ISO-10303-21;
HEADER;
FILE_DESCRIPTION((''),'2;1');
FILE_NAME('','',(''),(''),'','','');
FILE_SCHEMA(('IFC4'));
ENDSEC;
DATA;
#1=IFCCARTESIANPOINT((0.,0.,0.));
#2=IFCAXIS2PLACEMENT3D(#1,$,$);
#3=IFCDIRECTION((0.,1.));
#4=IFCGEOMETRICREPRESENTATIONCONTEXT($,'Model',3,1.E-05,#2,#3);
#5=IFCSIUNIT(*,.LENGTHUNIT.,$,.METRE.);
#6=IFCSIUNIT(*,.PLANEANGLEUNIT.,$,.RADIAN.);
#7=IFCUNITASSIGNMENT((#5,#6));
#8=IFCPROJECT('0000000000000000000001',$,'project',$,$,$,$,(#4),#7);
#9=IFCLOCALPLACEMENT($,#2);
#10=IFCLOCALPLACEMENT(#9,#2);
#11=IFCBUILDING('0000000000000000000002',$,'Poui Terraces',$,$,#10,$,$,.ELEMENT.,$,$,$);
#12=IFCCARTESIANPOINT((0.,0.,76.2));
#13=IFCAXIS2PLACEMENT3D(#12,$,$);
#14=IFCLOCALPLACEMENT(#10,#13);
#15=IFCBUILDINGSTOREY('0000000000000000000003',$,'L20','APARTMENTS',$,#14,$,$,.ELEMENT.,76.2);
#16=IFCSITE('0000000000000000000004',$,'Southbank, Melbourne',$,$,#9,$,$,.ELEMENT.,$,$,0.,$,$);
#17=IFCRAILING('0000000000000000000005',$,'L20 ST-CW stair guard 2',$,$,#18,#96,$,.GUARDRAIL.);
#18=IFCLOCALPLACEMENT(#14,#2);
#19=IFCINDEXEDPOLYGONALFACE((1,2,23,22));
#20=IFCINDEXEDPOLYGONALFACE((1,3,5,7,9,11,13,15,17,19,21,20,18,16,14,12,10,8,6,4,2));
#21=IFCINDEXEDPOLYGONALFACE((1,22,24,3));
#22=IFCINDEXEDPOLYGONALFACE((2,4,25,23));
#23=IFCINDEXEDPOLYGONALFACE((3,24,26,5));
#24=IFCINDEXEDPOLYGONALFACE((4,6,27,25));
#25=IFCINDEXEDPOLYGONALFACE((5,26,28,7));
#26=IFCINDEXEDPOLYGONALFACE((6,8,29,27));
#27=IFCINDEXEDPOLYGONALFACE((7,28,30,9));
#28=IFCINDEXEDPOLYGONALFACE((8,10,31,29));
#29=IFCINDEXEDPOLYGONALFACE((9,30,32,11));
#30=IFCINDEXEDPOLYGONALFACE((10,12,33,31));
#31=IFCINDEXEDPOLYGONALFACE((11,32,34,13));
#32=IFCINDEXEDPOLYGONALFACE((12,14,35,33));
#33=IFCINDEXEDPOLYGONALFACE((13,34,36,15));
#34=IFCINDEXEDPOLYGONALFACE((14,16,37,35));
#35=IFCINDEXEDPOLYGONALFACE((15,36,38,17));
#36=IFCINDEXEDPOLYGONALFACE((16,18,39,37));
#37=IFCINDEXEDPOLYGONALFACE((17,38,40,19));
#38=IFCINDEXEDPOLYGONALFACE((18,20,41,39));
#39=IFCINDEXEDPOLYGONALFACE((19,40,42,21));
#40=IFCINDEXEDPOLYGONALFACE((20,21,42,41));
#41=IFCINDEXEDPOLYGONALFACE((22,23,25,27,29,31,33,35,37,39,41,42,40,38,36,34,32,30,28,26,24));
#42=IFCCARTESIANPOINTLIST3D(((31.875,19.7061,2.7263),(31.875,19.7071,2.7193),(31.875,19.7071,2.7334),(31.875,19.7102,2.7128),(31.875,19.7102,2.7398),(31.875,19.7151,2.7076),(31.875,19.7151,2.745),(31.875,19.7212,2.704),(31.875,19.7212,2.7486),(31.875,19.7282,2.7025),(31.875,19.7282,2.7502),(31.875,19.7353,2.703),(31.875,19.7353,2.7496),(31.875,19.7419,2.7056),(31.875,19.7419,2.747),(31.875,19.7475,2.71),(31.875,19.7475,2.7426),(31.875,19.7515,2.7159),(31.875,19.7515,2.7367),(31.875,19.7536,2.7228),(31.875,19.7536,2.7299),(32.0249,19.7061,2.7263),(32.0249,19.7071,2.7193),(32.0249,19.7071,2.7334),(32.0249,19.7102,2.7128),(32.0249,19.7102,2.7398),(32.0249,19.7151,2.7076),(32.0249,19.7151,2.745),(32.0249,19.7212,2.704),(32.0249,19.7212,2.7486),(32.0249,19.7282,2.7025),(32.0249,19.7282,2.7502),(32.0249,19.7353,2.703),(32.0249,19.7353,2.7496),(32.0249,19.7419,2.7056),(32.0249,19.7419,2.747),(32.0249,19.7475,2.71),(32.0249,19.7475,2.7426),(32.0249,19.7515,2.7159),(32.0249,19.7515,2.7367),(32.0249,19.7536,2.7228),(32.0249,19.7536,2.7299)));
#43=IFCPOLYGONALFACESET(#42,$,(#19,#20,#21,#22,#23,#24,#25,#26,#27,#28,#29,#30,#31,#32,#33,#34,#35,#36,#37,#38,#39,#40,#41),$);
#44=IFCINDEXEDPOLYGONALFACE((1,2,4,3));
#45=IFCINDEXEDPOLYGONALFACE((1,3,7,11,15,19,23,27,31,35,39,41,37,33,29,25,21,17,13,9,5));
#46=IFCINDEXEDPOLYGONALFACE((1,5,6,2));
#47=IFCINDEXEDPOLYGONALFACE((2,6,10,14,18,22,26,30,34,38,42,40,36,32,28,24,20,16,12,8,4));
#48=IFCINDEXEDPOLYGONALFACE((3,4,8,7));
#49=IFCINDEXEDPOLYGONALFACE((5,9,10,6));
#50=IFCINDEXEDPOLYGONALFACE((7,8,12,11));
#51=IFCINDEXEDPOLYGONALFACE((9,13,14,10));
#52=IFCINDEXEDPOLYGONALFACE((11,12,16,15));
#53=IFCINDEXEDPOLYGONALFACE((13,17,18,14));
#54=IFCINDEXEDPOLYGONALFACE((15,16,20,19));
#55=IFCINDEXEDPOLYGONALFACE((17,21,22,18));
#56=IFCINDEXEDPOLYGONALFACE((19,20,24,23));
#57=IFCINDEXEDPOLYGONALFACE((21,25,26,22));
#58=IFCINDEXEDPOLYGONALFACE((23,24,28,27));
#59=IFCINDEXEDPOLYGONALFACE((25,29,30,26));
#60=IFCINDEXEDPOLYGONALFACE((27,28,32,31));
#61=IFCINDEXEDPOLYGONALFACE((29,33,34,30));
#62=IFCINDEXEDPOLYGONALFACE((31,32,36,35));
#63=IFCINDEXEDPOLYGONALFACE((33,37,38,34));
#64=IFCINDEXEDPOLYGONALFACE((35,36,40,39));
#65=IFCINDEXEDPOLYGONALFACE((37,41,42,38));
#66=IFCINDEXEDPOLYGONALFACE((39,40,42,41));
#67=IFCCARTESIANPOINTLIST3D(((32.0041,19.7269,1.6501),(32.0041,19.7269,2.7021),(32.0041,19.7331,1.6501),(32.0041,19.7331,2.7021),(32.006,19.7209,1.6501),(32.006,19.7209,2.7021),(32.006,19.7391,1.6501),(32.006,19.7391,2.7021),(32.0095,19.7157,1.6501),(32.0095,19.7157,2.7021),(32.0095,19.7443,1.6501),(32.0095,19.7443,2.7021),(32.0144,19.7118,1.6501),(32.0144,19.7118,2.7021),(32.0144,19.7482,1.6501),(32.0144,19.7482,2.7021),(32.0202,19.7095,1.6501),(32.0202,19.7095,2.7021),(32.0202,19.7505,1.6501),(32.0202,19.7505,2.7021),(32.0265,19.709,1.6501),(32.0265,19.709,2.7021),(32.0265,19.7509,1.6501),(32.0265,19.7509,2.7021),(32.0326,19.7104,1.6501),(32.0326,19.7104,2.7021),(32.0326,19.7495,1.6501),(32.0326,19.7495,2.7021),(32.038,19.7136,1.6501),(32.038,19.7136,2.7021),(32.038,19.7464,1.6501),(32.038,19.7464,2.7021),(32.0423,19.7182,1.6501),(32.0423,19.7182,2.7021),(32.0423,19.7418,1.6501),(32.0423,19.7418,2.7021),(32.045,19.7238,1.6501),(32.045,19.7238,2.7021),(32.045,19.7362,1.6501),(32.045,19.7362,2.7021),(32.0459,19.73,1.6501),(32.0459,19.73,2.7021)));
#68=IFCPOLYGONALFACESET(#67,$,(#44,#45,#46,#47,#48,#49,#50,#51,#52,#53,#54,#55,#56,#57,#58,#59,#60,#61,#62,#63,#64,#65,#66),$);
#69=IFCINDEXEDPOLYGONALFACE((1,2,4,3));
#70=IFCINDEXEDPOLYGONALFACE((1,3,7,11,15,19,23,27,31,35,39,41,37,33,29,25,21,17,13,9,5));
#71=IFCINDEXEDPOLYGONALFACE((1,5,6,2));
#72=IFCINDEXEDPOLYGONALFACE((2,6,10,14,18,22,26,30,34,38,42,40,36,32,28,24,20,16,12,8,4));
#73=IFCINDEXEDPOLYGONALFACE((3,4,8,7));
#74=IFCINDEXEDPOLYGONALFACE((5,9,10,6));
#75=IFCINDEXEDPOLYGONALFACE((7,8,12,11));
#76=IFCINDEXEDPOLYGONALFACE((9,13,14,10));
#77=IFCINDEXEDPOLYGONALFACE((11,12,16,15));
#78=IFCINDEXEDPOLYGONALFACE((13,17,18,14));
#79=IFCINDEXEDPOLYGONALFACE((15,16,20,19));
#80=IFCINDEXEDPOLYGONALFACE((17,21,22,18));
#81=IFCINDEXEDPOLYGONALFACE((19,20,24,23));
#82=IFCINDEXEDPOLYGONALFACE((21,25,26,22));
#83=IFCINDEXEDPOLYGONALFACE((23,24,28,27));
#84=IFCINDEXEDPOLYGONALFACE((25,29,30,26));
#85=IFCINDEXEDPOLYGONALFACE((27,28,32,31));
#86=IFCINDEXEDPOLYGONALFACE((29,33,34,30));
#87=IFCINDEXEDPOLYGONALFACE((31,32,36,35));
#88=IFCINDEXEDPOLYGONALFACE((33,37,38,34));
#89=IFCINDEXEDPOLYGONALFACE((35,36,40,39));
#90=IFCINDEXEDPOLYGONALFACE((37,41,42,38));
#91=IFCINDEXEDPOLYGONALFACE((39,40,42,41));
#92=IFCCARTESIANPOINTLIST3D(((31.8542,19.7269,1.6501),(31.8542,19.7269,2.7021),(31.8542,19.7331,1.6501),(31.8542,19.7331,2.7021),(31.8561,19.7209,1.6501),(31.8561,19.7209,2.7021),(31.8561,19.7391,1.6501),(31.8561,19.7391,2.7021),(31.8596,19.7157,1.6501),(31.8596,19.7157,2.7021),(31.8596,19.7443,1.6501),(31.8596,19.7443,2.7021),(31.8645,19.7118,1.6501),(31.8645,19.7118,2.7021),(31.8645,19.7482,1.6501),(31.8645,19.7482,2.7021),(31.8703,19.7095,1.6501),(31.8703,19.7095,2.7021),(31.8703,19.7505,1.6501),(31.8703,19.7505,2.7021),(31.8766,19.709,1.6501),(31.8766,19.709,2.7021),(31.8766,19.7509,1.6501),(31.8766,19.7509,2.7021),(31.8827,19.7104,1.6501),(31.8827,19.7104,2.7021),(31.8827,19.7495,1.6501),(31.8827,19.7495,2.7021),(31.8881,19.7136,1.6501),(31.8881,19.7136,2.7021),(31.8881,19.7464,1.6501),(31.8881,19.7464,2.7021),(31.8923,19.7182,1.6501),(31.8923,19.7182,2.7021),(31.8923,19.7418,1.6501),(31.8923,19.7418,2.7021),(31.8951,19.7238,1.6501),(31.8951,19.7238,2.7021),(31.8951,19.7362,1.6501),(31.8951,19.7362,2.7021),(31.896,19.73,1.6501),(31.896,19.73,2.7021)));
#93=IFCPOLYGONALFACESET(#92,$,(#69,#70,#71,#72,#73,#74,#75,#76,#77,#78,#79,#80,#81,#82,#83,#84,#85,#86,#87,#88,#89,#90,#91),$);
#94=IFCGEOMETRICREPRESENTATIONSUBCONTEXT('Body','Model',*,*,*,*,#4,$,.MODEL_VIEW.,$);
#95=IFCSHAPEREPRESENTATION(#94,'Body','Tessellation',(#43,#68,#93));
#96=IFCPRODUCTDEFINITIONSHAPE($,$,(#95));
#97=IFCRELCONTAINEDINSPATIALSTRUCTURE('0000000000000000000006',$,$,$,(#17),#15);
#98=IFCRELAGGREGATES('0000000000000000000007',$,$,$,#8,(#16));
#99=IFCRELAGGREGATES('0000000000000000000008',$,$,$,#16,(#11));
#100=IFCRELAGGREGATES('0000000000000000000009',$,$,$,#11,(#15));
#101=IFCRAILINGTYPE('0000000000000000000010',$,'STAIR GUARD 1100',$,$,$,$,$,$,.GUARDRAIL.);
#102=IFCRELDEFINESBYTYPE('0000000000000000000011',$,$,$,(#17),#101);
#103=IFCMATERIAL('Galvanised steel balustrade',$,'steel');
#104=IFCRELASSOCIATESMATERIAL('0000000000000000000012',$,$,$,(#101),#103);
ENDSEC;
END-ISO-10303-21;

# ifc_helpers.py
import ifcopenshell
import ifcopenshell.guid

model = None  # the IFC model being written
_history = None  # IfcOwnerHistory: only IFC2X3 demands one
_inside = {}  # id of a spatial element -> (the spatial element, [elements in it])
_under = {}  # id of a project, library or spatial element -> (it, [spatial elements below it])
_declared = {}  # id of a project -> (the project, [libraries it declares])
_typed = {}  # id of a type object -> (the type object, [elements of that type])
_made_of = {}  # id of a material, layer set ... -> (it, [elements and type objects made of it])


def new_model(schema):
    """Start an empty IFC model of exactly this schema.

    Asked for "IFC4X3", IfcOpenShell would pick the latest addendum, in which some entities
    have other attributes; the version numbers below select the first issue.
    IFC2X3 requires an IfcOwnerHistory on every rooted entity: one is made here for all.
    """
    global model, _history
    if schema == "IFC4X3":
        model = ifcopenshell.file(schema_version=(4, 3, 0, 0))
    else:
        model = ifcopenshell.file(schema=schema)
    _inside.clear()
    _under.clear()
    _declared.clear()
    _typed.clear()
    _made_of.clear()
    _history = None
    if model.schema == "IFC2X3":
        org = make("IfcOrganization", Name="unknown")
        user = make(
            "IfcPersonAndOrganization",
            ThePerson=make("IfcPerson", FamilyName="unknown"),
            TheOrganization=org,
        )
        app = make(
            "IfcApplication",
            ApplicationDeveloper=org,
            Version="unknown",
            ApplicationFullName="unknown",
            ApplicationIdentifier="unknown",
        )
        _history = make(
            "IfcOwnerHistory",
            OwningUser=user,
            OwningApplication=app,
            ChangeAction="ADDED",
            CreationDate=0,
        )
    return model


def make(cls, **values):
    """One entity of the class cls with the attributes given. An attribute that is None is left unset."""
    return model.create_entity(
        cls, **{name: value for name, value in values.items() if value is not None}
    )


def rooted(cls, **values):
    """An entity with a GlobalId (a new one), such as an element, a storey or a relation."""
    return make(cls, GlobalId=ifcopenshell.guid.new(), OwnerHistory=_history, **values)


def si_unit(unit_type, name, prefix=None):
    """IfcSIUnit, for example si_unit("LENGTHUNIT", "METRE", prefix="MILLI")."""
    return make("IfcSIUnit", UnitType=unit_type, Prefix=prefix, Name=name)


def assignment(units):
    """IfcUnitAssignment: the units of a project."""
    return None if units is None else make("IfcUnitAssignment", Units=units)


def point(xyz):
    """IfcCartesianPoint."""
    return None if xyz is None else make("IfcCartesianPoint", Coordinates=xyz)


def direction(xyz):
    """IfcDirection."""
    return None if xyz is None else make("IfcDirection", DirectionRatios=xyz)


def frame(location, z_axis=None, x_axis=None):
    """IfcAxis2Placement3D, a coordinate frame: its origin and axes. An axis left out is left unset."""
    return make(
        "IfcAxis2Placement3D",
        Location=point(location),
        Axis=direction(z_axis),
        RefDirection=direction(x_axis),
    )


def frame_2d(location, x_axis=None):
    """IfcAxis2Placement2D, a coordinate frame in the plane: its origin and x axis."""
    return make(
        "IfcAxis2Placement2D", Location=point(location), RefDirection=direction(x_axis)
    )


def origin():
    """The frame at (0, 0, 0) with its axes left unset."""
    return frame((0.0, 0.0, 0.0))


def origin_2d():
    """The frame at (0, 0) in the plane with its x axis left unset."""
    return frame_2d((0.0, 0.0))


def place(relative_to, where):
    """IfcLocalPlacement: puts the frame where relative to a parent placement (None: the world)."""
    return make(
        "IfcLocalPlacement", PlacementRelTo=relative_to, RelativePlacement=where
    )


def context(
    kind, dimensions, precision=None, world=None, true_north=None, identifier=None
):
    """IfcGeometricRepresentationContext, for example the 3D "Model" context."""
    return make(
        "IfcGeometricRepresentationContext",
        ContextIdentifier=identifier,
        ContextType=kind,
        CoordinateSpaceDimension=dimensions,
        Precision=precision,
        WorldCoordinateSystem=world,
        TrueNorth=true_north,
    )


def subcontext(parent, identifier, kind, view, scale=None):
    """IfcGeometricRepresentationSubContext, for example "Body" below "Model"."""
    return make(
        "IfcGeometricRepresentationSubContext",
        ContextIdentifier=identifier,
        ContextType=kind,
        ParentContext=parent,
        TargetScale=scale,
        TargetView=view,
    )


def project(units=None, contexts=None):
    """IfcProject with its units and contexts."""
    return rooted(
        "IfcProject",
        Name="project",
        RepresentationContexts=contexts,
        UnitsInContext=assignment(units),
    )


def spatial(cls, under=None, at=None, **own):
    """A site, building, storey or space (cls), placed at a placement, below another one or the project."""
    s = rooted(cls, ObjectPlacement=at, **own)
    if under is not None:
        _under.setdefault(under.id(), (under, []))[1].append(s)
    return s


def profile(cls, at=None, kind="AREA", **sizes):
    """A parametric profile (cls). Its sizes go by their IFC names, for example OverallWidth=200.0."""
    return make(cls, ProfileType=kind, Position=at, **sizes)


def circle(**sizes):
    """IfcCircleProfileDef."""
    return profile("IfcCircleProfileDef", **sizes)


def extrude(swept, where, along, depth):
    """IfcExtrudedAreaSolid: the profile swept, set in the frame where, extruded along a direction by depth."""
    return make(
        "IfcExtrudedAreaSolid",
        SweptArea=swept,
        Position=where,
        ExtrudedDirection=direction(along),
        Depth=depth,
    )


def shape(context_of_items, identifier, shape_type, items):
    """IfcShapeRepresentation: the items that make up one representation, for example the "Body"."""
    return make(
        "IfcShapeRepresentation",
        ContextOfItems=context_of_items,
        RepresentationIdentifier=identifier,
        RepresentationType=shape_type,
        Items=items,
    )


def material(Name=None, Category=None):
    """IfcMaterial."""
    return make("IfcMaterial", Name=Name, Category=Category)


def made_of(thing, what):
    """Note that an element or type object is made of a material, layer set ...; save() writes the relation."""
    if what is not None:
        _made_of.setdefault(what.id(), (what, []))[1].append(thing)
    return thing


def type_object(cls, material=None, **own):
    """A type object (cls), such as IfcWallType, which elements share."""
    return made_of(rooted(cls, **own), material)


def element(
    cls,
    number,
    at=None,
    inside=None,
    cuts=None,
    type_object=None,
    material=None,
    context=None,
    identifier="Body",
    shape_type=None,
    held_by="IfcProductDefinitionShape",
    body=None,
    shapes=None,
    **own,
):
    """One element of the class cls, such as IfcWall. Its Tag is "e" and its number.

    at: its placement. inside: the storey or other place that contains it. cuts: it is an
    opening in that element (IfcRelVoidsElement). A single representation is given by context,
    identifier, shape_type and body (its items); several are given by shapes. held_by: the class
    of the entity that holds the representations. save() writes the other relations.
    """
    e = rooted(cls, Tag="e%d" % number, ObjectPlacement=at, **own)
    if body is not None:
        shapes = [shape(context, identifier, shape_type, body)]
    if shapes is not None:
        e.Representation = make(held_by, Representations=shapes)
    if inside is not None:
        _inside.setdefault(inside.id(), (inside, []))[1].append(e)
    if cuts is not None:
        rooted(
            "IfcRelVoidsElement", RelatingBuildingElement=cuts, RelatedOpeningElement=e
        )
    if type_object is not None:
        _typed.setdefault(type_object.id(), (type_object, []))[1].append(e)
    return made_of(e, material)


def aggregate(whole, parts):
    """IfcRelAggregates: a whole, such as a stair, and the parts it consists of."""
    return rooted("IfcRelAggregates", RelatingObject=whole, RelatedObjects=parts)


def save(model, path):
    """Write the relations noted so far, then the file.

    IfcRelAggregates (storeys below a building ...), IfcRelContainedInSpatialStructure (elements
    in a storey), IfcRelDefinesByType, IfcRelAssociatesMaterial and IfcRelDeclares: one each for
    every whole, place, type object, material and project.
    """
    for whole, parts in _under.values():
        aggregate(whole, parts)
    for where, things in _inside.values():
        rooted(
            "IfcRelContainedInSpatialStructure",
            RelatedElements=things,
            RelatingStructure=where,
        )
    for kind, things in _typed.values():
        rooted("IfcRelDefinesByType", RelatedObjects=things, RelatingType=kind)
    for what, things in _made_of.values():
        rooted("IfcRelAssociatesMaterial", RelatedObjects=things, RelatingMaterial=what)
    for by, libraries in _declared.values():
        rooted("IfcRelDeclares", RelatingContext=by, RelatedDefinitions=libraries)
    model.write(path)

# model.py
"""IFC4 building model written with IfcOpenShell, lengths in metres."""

from ifc_helpers import new_model, si_unit, direction, frame, origin, origin_2d, place, context, subcontext, project, spatial, circle, extrude, material, type_object, element, save


model = new_model("IFC4")

# Units and contexts
model_context = context("Model", 3, precision=1e-05, world=origin(), true_north=direction((0.0, 1.0)))
body_context = subcontext(model_context, "Body", "Model", "MODEL_VIEW")
ifc_project = project(units=[si_unit("LENGTHUNIT", "METRE"), si_unit("PLANEANGLEUNIT", "RADIAN")], contexts=[model_context])

# Site, building, storey
site_placement = place(None, origin())
site = spatial("IfcSite", under=ifc_project, at=site_placement, Name="Southbank, Melbourne", CompositionType="ELEMENT", RefElevation=0.0)
building_placement = place(site_placement, origin())
building = spatial("IfcBuilding", under=site, at=building_placement, Name="Poui Terraces", CompositionType="ELEMENT")
storey_placement = place(building_placement, frame((0.0, 0.0, 76.2)))
storey = spatial("IfcBuildingStorey", under=building, at=storey_placement, Name="L20", Description="APARTMENTS", CompositionType="ELEMENT", Elevation=76.2)

# Railing
ifc_material_1 = material(Name="Galvanised steel balustrade", Category="steel")
railing_type_1 = type_object("IfcRailingType", Name="STAIR GUARD 1100", PredefinedType="GUARDRAIL", material=ifc_material_1)
railing_1_placement = place(storey_placement, frame((32.0249, 19.73, 1.6501)))
element("IfcRailing", 1, at=railing_1_placement, inside=storey, type_object=railing_type_1, Name="L20 ST-CW stair guard 2", PredefinedType="GUARDRAIL", context=body_context, shape_type="SweptSolid", body=[
    extrude(circle(Radius=0.0239, at=origin_2d()), frame((0.0, 0.0, 1.0762), z_axis=(-1.0, 0.0, 0.0), x_axis=(0.0, -1.0, 0.0)), (0.0, 0.0, 1.0), 0.1499),
    extrude(circle(Radius=0.021, at=origin_2d()), origin(), (0.0, 0.0, 1.0), 1.052),
    extrude(circle(Radius=0.021, at=origin_2d()), frame((-0.1499, 0.0, 0.0)), (0.0, 0.0, 1.0), 1.052),
])

save(model, "model.ifc")
